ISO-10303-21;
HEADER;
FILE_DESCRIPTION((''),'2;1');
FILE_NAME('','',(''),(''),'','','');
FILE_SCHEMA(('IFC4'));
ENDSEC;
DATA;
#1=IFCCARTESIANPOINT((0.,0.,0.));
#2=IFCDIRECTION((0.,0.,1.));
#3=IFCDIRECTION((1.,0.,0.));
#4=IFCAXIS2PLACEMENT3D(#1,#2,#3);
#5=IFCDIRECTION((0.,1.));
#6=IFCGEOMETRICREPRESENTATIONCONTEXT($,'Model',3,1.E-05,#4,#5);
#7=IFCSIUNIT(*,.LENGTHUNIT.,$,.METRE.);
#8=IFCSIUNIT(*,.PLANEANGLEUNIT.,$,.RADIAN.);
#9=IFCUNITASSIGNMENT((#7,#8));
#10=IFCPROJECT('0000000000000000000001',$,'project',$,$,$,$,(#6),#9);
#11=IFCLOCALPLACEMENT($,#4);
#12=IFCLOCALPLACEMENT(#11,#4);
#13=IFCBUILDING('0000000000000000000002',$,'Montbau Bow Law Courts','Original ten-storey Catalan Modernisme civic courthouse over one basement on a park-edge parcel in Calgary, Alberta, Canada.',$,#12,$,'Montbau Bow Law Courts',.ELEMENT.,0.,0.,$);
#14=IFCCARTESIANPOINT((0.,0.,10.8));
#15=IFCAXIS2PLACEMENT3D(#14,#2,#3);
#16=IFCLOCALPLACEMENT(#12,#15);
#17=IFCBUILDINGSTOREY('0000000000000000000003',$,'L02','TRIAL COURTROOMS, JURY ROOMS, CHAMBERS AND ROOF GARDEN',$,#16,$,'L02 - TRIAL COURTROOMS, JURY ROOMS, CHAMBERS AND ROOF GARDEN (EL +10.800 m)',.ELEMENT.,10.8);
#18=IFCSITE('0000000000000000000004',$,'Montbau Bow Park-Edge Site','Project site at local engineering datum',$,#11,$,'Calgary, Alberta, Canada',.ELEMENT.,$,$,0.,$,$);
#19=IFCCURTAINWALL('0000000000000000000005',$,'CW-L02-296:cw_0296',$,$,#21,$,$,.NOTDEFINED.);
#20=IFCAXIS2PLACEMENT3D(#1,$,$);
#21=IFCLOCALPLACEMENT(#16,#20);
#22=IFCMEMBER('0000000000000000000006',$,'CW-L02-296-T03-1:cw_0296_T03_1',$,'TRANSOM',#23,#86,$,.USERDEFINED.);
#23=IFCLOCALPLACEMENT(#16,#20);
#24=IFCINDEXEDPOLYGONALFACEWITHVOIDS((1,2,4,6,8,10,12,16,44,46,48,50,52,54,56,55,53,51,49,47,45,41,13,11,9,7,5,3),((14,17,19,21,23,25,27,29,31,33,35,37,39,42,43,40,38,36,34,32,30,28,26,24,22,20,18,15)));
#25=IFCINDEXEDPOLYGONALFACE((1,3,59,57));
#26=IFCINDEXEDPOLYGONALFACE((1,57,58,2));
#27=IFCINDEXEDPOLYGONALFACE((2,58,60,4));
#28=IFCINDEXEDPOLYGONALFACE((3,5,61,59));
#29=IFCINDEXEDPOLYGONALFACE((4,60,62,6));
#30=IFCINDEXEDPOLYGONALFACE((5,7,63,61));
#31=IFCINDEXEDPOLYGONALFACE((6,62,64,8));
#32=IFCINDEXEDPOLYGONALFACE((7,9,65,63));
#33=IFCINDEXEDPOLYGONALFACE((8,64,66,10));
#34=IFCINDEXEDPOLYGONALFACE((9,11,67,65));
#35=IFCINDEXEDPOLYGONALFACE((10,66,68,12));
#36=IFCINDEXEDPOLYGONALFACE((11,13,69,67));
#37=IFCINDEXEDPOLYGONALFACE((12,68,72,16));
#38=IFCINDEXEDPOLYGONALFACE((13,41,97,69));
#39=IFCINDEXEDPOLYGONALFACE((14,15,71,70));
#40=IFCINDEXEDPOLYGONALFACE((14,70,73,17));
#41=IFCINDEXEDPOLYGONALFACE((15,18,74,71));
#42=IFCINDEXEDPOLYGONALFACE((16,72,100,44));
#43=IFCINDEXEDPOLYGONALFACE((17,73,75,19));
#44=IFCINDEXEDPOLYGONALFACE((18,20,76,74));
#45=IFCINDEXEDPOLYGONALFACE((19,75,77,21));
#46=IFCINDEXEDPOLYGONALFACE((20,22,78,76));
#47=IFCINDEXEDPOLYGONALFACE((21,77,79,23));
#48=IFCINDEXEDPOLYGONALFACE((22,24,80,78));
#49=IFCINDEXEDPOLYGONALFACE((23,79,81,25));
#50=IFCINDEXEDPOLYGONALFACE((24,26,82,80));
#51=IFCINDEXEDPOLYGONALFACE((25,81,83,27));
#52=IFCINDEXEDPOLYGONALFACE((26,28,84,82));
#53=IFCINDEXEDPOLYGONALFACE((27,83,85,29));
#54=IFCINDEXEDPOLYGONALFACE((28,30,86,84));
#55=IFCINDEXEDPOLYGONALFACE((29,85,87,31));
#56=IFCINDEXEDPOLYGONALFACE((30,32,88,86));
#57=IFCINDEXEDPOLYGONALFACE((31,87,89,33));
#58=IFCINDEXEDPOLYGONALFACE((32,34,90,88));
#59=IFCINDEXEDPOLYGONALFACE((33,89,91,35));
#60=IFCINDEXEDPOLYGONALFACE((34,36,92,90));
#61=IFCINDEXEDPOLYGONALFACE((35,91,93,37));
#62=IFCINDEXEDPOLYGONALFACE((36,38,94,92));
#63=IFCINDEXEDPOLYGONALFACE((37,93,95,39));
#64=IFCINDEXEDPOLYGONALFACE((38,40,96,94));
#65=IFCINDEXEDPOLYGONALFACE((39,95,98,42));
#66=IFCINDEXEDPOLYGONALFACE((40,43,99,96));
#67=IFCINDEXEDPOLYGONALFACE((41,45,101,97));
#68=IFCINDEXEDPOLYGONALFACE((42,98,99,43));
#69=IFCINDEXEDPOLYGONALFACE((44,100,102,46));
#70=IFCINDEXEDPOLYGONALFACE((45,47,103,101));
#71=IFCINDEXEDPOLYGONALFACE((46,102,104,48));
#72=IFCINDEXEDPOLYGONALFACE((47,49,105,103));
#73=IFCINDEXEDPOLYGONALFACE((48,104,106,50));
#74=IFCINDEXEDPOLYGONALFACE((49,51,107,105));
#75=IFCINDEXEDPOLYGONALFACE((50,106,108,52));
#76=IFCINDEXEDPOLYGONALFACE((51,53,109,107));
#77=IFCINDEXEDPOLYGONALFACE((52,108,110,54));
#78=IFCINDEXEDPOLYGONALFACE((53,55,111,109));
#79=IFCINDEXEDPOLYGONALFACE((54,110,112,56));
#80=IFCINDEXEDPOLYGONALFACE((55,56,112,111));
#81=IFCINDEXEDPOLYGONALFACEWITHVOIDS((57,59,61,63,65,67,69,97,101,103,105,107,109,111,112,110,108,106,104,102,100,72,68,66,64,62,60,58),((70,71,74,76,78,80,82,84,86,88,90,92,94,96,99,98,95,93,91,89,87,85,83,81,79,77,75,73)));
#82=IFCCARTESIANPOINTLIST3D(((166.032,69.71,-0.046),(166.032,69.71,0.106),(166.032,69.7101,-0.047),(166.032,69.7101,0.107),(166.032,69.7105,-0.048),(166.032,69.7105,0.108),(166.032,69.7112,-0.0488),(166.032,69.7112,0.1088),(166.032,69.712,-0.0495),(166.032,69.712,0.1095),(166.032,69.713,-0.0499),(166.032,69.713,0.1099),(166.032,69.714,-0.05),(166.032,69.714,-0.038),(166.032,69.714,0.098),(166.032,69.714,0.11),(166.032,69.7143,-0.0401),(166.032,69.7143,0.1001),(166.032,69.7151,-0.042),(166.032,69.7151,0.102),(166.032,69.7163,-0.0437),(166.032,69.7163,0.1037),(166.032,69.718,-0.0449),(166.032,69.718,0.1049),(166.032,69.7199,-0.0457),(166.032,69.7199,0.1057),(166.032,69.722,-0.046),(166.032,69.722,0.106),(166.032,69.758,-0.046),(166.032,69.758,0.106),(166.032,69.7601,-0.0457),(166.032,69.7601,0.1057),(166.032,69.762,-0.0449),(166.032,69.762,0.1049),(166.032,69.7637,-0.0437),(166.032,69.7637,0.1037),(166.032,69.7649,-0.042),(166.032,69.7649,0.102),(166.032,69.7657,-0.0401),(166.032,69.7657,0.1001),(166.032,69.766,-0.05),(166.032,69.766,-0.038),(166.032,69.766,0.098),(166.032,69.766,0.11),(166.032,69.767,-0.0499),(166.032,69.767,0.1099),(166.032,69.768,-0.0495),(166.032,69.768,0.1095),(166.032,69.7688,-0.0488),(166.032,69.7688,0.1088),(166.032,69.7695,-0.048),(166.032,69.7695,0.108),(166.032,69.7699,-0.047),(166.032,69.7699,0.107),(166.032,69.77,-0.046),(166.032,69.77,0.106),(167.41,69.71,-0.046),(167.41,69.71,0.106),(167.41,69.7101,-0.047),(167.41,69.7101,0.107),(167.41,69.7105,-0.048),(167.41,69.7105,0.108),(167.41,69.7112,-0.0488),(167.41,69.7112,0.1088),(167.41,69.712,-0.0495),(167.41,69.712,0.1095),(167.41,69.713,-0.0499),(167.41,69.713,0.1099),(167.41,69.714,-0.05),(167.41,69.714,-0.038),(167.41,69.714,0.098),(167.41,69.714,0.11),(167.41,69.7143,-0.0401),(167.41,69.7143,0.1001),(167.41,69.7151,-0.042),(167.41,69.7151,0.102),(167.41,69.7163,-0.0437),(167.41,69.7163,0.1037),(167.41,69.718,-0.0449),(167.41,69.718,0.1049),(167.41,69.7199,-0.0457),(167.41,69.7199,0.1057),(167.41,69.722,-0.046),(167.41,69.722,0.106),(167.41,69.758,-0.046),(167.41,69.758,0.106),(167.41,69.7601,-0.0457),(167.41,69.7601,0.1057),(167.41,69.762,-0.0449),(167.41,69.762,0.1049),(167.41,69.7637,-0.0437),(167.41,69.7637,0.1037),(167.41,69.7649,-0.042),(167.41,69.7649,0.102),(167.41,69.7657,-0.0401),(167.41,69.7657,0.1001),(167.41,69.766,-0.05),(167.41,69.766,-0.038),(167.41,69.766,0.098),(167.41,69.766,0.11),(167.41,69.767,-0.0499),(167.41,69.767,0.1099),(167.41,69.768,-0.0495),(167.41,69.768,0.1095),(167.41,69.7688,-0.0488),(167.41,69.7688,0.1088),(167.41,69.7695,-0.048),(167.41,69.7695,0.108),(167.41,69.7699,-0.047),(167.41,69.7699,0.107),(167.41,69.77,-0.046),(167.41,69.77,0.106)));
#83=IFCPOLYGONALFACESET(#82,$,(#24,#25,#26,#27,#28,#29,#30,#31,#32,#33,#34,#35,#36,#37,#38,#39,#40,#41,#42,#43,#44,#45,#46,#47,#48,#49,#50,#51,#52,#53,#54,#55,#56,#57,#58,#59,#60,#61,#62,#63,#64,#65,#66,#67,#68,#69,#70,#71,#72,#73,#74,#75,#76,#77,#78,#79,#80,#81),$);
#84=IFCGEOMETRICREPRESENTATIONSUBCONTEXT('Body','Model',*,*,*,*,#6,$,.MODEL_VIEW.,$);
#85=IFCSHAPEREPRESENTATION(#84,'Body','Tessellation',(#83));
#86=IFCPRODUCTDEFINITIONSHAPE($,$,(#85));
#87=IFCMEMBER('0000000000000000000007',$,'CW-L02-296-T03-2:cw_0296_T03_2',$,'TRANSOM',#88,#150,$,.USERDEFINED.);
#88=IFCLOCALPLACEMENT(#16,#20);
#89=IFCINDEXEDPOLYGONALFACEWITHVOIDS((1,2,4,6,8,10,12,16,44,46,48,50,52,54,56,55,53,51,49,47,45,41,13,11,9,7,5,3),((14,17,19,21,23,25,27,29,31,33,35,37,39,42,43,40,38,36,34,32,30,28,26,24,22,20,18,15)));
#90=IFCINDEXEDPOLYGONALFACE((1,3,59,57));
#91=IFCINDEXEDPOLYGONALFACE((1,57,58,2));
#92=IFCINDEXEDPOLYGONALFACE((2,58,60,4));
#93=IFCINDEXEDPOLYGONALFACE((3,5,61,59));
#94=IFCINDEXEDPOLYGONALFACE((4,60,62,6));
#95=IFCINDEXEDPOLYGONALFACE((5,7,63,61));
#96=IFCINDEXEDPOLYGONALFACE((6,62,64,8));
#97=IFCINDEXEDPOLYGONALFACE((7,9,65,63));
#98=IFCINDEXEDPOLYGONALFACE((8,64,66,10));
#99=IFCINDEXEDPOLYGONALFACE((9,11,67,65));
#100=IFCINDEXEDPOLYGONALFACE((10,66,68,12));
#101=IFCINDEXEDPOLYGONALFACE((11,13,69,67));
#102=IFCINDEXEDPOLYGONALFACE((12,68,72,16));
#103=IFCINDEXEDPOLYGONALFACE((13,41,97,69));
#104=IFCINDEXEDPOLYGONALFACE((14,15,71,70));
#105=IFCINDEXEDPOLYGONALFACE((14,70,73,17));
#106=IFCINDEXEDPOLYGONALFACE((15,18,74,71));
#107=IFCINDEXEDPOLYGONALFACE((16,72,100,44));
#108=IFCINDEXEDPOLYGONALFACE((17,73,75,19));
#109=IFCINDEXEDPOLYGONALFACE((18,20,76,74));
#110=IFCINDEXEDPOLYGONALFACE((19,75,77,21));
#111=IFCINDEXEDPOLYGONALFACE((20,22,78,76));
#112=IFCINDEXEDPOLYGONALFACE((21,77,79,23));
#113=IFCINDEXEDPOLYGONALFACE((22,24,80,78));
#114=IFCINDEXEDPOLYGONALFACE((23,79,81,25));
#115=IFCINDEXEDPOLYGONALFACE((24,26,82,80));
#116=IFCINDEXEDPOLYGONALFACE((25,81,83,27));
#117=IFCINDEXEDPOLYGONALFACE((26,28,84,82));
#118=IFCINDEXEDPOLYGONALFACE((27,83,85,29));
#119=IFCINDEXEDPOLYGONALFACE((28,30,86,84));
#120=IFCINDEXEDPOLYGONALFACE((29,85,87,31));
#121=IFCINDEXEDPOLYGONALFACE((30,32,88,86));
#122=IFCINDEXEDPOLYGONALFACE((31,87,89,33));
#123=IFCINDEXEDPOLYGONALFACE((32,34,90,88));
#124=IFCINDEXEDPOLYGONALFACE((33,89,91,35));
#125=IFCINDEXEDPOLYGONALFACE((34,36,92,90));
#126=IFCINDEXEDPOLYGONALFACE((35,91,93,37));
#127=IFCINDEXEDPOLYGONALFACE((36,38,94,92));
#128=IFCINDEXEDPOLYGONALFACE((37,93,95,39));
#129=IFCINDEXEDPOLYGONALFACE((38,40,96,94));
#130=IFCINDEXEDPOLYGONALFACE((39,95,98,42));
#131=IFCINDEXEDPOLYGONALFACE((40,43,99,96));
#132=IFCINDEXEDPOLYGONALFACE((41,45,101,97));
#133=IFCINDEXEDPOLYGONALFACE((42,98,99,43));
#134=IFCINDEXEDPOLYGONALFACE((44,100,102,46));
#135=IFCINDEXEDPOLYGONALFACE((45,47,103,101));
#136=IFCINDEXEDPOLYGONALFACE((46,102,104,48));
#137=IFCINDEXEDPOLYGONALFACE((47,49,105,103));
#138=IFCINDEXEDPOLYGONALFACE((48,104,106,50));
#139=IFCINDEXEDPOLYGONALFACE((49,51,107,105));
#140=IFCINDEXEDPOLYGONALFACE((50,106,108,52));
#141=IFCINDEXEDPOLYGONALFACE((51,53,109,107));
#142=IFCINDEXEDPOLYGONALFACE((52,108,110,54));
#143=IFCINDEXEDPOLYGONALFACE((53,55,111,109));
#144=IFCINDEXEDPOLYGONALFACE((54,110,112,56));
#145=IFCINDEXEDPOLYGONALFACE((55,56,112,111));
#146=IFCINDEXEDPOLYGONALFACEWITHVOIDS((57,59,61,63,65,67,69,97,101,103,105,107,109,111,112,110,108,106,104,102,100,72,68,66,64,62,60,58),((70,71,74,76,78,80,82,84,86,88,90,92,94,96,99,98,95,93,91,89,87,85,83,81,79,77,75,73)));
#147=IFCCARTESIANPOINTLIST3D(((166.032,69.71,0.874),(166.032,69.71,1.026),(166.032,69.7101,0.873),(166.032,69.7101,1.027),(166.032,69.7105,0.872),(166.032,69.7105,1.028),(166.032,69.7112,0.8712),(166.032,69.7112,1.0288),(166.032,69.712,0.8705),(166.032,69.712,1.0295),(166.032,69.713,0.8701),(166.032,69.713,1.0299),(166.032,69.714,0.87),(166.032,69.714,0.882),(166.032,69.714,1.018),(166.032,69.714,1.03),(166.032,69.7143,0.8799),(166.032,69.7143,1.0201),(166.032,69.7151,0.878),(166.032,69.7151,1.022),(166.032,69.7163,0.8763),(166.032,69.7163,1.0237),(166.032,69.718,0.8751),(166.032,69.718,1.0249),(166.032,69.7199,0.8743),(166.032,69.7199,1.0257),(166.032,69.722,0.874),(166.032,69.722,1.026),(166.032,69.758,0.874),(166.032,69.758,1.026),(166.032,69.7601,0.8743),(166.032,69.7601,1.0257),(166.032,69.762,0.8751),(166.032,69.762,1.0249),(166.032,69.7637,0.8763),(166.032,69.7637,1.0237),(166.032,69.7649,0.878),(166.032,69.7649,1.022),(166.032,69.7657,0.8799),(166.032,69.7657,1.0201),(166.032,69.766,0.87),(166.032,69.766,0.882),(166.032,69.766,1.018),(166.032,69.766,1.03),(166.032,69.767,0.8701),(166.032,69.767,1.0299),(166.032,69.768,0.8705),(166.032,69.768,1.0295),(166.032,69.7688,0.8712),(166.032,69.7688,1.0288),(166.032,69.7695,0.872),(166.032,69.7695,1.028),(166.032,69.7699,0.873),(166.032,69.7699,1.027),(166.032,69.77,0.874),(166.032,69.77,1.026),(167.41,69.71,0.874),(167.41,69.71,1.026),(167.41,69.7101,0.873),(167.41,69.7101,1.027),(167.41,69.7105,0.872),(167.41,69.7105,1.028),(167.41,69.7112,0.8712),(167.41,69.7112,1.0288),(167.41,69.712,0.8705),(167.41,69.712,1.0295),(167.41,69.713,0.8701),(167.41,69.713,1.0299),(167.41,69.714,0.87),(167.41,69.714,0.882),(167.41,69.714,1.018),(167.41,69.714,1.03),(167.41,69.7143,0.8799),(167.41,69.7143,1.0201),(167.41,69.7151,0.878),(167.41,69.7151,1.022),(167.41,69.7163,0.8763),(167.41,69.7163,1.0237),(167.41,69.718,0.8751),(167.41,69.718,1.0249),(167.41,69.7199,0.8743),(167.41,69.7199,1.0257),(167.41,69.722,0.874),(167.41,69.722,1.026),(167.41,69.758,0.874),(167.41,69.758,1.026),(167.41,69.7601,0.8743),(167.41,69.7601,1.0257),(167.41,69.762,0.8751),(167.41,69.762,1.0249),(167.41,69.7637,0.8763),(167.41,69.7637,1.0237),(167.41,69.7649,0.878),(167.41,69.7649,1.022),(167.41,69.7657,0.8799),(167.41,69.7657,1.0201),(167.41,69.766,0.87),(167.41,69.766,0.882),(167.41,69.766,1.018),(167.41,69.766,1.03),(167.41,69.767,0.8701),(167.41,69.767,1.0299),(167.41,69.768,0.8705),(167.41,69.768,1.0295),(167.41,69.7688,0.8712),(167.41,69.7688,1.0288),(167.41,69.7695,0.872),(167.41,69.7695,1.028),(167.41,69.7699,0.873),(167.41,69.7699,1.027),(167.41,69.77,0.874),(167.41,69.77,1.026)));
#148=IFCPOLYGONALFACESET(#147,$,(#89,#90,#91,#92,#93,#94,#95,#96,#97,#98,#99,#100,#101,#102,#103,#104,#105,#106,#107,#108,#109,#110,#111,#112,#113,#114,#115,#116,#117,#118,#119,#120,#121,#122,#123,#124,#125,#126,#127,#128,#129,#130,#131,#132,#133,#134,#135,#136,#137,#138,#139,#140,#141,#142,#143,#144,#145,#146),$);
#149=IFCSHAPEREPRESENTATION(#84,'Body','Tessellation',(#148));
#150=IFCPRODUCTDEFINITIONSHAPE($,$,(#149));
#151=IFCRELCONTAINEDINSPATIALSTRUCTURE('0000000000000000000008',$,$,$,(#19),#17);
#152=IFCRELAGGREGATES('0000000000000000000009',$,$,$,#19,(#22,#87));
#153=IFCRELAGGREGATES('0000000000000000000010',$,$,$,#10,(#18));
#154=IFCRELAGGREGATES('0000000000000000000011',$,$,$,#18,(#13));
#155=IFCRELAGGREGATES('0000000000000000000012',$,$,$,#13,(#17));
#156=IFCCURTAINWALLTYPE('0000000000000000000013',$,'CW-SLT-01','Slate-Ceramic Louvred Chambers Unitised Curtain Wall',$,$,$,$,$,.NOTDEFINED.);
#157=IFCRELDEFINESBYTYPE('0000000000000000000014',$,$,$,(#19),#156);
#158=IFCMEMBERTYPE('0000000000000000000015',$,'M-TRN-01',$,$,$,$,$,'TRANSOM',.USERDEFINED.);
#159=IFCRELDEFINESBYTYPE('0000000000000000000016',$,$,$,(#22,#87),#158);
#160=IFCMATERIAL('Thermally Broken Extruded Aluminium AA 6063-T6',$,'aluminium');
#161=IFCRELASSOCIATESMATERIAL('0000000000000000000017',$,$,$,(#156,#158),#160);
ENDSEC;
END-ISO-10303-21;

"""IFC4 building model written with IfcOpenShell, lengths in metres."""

from ifc_helpers import new_model, si_unit, direction, frame, origin_with_axes, origin_2d_with_axis, place, context, subcontext, project, spatial, hollow_rectangle, extrude, material, material_profile, profile_set, type_object, element, aggregate, save


model = new_model("IFC4")

# Units and contexts
model_context = context("Model", 3, precision=1e-05, world=origin_with_axes(), true_north=direction((0.0, 1.0)))
body_context = subcontext(model_context, "Body", "Model", "MODEL_VIEW")
ifc_project = project(units=[si_unit("LENGTHUNIT", "METRE"), si_unit("PLANEANGLEUNIT", "RADIAN")], contexts=[model_context])

# Site, building, storey
site_placement = place(None, origin_with_axes())
site = spatial("IfcSite", under=ifc_project, at=site_placement, Name="Montbau Bow Park-Edge Site", Description="Project site at local engineering datum", LongName="Calgary, Alberta, Canada", CompositionType="ELEMENT", RefElevation=0.0)
building_placement = place(site_placement, origin_with_axes())
building = spatial("IfcBuilding", under=site, at=building_placement, Name="Montbau Bow Law Courts", Description="Original ten-storey Catalan Modernisme civic courthouse over one basement on a park-edge parcel in Calgary, Alberta, Canada.", LongName="Montbau Bow Law Courts", CompositionType="ELEMENT", ElevationOfRefHeight=0.0, ElevationOfTerrain=0.0)
storey_placement = place(building_placement, frame((0.0, 0.0, 10.8), z_axis=(0.0, 0.0, 1.0), x_axis=(1.0, 0.0, 0.0)))
storey = spatial("IfcBuildingStorey", under=building, at=storey_placement, Name="L02", Description="TRIAL COURTROOMS, JURY ROOMS, CHAMBERS AND ROOF GARDEN", LongName="L02 - TRIAL COURTROOMS, JURY ROOMS, CHAMBERS AND ROOF GARDEN (EL +10.800 m)", CompositionType="ELEMENT", Elevation=10.8)

# Curtain wall
ifc_material_1 = material(Name="Thermally Broken Extruded Aluminium AA 6063-T6", Category="aluminium")
curtain_wall_type = type_object("IfcCurtainWallType", Name="CW-SLT-01", Description="Slate-Ceramic Louvred Chambers Unitised Curtain Wall", PredefinedType="NOTDEFINED", material=ifc_material_1)
curtain_wall_1_placement = place(None, frame((163.115, 69.74, 10.8), z_axis=(0.0, 0.0, 1.0), x_axis=(1.0, 0.0, 0.0)))
curtain_wall_1 = element("IfcCurtainWall", 1, at=curtain_wall_1_placement, inside=storey, type_object=curtain_wall_type, Name="CW-L02-296:cw_0296", PredefinedType="NOTDEFINED")

# Members
ifc_material_profile_1 = material_profile(ifc_material_1, hollow_rectangle(XDim=0.06, YDim=0.16, WallThickness=0.004, InnerFilletRadius=0.008, OuterFilletRadius=0.004, at=origin_2d_with_axis()), Name="CWT-160X60", Category="Main", Priority=0)
ifc_profile_set_1 = profile_set([ifc_material_profile_1], Name="Thermally Broken Extruded Aluminium AA 6063-T6")
member_type_1 = type_object("IfcMemberType", Name="M-TRN-01", ElementType="TRANSOM", PredefinedType="USERDEFINED", material=ifc_profile_set_1)
member_1_placement = place(None, frame((166.032, 69.74, 10.83), z_axis=(1.0, 0.0, 0.0), x_axis=(0.0, 1.0, 0.0)))
member_1 = element("IfcMember", 2, at=member_1_placement, type_object=member_type_1, Name="CW-L02-296-T03-1:cw_0296_T03_1", ObjectType="TRANSOM", PredefinedType="USERDEFINED", context=body_context, shape_type="SweptSolid", body=[
    extrude(hollow_rectangle(XDim=0.06, YDim=0.16, WallThickness=0.004, InnerFilletRadius=0.008, OuterFilletRadius=0.004, at=origin_2d_with_axis()), origin_with_axes(), (0.0, 0.0, 1.0), 1.378),
])
member_2_placement = place(None, frame((166.032, 69.74, 11.75), z_axis=(1.0, 0.0, 0.0), x_axis=(0.0, 1.0, 0.0)))
member_2 = element("IfcMember", 3, at=member_2_placement, type_object=member_type_1, Name="CW-L02-296-T03-2:cw_0296_T03_2", ObjectType="TRANSOM", PredefinedType="USERDEFINED", context=body_context, shape_type="SweptSolid", body=[
    extrude(hollow_rectangle(XDim=0.06, YDim=0.16, WallThickness=0.004, InnerFilletRadius=0.008, OuterFilletRadius=0.004, at=origin_2d_with_axis()), origin_with_axes(), (0.0, 0.0, 1.0), 1.378),
])

aggregate(curtain_wall_1, [member_1, member_2])

save(model, "model.ifc")
